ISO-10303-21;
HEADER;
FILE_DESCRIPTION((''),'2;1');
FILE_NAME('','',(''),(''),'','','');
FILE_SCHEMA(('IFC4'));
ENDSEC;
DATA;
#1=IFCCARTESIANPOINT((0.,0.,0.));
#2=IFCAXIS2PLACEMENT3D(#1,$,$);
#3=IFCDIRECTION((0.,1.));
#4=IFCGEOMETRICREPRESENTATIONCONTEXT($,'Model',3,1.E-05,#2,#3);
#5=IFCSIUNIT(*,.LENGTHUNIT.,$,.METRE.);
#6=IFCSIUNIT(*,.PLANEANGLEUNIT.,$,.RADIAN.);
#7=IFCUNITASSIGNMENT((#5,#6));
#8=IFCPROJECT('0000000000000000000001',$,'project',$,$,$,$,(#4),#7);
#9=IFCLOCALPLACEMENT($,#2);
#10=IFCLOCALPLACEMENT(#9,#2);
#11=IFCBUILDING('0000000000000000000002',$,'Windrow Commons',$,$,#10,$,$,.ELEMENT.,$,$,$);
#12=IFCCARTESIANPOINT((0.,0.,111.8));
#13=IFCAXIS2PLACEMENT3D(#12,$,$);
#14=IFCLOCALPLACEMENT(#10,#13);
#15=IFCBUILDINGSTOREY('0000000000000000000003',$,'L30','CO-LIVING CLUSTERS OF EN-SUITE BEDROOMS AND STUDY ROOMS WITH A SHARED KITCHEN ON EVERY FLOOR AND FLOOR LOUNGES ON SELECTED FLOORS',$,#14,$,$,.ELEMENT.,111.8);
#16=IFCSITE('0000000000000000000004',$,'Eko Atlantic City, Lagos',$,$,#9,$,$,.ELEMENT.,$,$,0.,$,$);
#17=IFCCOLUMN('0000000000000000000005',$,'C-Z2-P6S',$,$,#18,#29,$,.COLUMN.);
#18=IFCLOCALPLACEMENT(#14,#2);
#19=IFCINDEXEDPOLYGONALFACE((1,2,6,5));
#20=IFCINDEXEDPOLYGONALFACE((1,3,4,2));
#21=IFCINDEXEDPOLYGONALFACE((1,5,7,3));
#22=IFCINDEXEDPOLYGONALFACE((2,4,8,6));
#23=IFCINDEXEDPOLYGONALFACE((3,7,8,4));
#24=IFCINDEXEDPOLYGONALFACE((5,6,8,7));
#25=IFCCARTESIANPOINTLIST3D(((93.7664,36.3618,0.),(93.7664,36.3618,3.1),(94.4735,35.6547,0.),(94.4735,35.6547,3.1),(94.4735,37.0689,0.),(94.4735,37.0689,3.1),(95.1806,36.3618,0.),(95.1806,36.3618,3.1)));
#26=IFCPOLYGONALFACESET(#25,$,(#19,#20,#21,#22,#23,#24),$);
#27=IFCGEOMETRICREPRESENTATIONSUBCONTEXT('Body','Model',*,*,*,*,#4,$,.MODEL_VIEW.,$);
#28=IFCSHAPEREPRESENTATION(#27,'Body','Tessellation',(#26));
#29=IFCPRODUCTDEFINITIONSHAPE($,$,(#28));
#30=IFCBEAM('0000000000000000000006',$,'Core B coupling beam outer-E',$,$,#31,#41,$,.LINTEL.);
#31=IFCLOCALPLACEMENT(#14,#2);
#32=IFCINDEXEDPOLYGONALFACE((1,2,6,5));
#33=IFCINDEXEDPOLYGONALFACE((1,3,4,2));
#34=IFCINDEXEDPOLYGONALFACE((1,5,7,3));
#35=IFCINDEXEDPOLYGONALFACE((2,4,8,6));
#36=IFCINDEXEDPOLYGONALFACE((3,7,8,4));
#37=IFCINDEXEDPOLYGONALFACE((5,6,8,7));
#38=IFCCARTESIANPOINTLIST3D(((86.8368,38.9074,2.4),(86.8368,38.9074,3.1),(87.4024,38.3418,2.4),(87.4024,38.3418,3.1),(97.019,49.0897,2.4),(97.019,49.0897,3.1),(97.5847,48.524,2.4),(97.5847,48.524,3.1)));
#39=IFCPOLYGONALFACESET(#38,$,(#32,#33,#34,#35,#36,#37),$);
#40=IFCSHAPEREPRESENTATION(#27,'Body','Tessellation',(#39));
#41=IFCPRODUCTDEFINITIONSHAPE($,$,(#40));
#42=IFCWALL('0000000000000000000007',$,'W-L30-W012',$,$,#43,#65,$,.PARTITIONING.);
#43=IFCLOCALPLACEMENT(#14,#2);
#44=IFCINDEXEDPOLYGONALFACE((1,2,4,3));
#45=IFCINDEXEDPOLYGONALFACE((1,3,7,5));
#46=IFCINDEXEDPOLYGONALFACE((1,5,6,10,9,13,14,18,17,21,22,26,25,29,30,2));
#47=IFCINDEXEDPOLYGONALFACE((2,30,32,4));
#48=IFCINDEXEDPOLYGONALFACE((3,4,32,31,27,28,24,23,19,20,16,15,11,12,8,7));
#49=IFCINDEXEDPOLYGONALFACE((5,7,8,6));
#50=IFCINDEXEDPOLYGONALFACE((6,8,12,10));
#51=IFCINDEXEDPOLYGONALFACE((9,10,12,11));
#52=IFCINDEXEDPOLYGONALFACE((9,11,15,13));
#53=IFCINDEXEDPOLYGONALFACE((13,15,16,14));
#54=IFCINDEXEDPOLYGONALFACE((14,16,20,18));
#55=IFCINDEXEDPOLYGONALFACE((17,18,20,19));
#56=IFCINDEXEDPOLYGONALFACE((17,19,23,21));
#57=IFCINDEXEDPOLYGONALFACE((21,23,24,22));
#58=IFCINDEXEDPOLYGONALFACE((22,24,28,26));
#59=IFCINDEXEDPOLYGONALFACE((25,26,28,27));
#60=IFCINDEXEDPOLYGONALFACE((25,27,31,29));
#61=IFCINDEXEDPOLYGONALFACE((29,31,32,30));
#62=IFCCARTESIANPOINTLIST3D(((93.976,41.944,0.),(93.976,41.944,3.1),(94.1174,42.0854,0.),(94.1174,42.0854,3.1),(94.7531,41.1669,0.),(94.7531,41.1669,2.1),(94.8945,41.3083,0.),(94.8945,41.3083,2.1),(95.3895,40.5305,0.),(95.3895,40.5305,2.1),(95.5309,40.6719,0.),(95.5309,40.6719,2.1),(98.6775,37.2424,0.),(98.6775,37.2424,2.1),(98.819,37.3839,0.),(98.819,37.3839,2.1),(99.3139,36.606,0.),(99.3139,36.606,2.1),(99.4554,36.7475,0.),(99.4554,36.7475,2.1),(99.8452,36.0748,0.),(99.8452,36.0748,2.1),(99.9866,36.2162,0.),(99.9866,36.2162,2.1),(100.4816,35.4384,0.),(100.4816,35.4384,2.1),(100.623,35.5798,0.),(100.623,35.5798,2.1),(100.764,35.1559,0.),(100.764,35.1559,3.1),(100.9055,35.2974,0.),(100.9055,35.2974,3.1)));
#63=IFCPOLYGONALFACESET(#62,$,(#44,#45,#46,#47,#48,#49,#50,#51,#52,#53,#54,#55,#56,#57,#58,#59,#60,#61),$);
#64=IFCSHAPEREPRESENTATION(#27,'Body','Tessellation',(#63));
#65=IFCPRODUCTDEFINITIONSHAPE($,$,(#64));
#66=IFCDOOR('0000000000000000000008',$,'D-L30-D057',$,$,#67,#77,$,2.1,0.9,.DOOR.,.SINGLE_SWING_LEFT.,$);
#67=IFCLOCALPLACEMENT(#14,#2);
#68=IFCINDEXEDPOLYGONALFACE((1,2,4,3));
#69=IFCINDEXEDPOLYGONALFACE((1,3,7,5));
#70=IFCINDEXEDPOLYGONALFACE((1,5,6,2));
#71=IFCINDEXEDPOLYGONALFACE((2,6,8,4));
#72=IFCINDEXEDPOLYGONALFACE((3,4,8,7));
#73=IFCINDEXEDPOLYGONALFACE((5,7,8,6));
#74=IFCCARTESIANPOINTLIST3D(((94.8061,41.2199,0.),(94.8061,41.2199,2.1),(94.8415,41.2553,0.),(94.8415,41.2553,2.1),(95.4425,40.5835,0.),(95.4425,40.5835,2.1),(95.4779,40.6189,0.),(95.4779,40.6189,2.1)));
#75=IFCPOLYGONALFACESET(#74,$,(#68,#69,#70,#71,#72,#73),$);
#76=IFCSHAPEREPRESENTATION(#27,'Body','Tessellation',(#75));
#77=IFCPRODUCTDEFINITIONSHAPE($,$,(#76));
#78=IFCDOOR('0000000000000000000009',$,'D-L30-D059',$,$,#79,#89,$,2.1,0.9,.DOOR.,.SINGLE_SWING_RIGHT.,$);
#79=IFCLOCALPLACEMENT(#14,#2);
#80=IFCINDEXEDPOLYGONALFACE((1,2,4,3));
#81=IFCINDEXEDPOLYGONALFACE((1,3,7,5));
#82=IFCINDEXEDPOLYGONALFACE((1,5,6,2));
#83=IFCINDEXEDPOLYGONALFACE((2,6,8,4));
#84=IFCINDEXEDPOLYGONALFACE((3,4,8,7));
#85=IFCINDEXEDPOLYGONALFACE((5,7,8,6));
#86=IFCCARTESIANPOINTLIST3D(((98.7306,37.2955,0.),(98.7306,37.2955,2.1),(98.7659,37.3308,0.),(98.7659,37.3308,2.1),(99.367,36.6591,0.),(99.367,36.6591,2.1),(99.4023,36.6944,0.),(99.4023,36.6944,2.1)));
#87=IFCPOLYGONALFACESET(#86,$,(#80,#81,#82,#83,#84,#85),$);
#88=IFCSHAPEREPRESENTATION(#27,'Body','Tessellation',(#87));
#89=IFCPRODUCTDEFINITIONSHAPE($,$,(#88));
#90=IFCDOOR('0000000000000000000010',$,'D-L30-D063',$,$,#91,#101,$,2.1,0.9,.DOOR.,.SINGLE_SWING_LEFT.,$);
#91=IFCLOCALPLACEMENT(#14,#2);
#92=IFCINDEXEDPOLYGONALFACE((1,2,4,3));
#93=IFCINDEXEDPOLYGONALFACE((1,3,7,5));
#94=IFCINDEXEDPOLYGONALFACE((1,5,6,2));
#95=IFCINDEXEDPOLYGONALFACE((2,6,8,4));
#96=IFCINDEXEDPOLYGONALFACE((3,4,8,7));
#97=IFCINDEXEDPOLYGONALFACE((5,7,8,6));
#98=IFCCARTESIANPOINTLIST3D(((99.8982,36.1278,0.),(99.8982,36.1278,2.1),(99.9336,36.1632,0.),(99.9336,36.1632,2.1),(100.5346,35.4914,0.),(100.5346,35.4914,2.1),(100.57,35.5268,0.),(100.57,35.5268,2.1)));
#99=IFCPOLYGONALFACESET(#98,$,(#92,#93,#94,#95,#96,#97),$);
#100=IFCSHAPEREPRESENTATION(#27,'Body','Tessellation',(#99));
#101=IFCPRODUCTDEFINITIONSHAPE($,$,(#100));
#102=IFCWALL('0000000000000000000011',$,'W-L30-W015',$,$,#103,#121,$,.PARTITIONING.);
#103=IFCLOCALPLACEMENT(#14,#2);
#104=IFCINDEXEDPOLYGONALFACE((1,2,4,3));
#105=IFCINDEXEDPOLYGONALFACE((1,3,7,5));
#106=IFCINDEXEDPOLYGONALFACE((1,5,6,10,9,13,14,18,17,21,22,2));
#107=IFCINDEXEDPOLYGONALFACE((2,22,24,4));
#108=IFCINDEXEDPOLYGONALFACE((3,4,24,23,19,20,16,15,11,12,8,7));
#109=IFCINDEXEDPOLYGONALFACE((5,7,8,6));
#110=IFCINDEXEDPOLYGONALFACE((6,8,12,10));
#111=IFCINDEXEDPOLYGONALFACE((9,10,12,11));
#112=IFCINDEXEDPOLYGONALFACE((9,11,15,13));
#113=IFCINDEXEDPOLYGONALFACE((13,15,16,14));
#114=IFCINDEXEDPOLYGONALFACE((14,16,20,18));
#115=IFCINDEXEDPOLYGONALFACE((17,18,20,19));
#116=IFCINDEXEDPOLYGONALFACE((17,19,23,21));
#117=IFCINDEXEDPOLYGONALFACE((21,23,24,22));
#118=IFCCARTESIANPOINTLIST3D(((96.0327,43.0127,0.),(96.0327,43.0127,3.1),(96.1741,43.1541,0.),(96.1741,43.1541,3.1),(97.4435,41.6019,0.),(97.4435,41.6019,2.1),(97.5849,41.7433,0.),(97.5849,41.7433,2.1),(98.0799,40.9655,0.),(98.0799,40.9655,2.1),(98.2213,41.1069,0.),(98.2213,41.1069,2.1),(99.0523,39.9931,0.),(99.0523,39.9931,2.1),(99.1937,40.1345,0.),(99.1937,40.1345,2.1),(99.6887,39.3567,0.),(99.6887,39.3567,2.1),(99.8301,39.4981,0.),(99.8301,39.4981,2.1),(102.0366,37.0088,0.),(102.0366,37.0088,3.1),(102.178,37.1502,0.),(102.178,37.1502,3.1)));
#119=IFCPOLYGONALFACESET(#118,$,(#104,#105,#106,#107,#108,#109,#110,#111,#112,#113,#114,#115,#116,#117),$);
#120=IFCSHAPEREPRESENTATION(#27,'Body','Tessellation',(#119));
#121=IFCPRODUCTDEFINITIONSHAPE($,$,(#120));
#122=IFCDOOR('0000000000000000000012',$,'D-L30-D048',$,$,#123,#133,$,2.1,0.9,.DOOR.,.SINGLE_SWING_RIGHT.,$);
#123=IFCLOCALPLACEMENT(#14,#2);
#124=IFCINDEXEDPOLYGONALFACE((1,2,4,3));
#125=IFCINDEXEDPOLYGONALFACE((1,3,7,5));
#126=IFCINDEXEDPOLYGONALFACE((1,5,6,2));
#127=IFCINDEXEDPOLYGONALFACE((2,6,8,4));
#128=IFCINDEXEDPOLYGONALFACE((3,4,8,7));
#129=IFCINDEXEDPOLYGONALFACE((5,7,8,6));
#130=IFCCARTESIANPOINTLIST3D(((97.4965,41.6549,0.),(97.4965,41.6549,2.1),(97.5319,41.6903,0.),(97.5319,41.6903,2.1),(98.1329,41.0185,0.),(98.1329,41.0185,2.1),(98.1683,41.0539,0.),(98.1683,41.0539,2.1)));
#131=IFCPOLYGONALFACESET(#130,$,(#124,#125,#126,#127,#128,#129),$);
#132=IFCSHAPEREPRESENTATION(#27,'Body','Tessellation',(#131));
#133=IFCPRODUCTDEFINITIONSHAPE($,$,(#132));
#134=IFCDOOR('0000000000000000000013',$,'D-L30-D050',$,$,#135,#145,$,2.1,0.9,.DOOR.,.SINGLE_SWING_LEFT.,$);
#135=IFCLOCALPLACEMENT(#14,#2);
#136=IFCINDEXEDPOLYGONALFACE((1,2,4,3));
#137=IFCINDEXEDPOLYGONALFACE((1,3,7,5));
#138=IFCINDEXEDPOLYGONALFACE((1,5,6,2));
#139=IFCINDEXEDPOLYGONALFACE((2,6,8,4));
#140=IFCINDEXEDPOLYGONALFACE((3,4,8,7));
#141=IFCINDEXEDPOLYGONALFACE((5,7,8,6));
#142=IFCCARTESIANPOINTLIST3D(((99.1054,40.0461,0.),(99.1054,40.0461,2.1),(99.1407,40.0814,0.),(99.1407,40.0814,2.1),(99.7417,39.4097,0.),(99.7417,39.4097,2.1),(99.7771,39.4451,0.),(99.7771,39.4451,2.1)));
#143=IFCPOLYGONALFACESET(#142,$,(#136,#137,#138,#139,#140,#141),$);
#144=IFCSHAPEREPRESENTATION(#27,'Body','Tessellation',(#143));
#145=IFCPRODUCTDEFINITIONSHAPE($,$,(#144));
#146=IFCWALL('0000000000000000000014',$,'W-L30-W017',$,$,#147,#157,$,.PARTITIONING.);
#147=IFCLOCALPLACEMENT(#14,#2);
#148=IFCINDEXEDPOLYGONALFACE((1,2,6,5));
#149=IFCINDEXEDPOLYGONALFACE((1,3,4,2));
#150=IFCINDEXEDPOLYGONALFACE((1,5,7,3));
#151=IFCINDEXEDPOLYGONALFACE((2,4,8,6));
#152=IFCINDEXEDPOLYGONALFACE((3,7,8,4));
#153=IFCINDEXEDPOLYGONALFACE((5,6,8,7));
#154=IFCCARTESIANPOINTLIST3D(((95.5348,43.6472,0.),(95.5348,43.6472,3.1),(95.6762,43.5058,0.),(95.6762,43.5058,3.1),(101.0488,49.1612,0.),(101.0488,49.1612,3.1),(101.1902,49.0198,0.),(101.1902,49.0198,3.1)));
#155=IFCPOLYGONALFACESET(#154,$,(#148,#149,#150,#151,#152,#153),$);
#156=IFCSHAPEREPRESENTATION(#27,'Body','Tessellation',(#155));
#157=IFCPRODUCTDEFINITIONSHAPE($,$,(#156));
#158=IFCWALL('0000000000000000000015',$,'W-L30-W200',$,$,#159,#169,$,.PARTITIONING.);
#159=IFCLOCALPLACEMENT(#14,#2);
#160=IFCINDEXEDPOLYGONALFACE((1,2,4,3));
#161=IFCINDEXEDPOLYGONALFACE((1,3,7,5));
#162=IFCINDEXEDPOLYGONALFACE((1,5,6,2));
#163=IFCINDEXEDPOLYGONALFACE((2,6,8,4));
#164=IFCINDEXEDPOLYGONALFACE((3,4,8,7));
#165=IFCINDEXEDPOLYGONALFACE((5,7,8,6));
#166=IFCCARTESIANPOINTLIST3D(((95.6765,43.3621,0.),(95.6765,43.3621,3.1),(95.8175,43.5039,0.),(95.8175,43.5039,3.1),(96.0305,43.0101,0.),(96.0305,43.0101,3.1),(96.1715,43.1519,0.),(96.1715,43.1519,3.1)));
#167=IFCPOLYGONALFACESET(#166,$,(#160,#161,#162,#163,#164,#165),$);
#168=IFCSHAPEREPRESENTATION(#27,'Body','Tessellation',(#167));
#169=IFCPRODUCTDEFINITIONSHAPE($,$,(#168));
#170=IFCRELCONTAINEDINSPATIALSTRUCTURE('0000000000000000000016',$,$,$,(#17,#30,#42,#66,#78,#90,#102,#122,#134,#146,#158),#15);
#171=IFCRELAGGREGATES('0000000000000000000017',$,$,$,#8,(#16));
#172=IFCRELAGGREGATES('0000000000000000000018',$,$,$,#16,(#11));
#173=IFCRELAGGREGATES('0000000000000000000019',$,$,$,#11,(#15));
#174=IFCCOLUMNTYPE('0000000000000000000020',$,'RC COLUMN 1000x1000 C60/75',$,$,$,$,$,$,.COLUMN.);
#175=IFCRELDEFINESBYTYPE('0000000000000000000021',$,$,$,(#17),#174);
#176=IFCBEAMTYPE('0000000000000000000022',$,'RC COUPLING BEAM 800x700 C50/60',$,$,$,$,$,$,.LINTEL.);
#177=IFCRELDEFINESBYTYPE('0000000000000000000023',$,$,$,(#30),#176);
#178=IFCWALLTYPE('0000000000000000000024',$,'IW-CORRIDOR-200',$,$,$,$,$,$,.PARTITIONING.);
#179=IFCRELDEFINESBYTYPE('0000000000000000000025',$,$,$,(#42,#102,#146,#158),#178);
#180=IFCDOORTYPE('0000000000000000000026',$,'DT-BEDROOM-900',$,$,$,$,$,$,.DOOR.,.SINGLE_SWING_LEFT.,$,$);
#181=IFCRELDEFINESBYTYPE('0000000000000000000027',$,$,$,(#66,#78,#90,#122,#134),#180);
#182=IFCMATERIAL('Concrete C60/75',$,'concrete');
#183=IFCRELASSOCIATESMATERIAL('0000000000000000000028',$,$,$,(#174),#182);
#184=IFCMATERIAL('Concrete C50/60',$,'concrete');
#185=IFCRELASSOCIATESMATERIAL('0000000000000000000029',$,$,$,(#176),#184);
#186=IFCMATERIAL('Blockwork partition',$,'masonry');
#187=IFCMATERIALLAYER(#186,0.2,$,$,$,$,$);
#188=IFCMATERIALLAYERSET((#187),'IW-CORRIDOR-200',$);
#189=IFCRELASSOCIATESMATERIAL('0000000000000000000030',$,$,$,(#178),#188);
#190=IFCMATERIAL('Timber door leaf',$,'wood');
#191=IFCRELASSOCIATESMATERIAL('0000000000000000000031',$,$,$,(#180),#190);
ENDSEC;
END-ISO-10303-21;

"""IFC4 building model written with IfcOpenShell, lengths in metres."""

from ifc_helpers import new_model, si_unit, direction, frame, frame_2d, origin, origin_2d, place, context, subcontext, project, spatial, rectangle, extrude, material, layer, layer_set, material_profile, profile_set, type_object, element, fill, save


model = new_model("IFC4")

# Units and contexts
model_context = context("Model", 3, precision=1e-05, world=origin(), true_north=direction((0.0, 1.0)))
body_context = subcontext(model_context, "Body", "Model", "MODEL_VIEW")
ifc_project = project(units=[si_unit("LENGTHUNIT", "METRE"), si_unit("PLANEANGLEUNIT", "RADIAN")], contexts=[model_context])

# Site, building, storey
site_placement = place(None, origin())
site = spatial("IfcSite", under=ifc_project, at=site_placement, Name="Eko Atlantic City, Lagos", CompositionType="ELEMENT", RefElevation=0.0)
building_placement = place(site_placement, origin())
building = spatial("IfcBuilding", under=site, at=building_placement, Name="Windrow Commons", CompositionType="ELEMENT")
storey_placement = place(building_placement, frame((0.0, 0.0, 111.8)))
storey = spatial("IfcBuildingStorey", under=building, at=storey_placement, Name="L30", Description="CO-LIVING CLUSTERS OF EN-SUITE BEDROOMS AND STUDY ROOMS WITH A SHARED KITCHEN ON EVERY FLOOR AND FLOOR LOUNGES ON SELECTED FLOORS", CompositionType="ELEMENT", Elevation=111.8)

# Column
ifc_material_1 = material(Name="Concrete C60/75", Category="concrete")
ifc_material_profile_1 = material_profile(ifc_material_1, rectangle(XDim=1.0, YDim=1.0, at=origin_2d()))
ifc_profile_set_1 = profile_set([ifc_material_profile_1], Name="Concrete C60/75")
column_type = type_object("IfcColumnType", Name="RC COLUMN 1000x1000 C60/75", PredefinedType="COLUMN", material=ifc_profile_set_1)
column_placement = place(storey_placement, frame((94.4735, 36.3618, 0.0), z_axis=(0.0, 0.0, 1.0), x_axis=(0.707107, -0.707107, 0.0)))
element("IfcColumn", 1, at=column_placement, inside=storey, type_object=column_type, Name="C-Z2-P6S", PredefinedType="COLUMN", context=body_context, shape_type="SweptSolid", body=[
    extrude(rectangle(XDim=1.0, YDim=1.0, at=origin_2d()), origin(), (0.0, 0.0, 1.0), 3.1),
])

# Beam
ifc_material_2 = material(Name="Concrete C50/60", Category="concrete")
ifc_material_profile_2 = material_profile(ifc_material_2, rectangle(XDim=0.8, YDim=0.7, at=origin_2d()))
ifc_profile_set_2 = profile_set([ifc_material_profile_2], Name="Concrete C50/60")
beam_type = type_object("IfcBeamType", Name="RC COUPLING BEAM 800x700 C50/60", PredefinedType="LINTEL", material=ifc_profile_set_2)
beam_placement = place(storey_placement, frame((87.1196, 38.6246, 2.75), z_axis=(0.707107, 0.707107, 0.0), x_axis=(-0.707107, 0.707107, 0.0)))
element("IfcBeam", 2, at=beam_placement, inside=storey, type_object=beam_type, Name="Core B coupling beam outer-E", PredefinedType="LINTEL", context=body_context, shape_type="SweptSolid", body=[
    extrude(rectangle(XDim=0.8, YDim=0.7, at=origin_2d()), origin(), (0.0, 0.0, 1.0), 14.3999),
])

# Walls, openings, doors
ifc_material_3 = material(Name="Blockwork partition", Category="masonry")
ifc_layer_1 = layer(ifc_material_3, 0.2)
ifc_layer_set_1 = layer_set([ifc_layer_1], Name="IW-CORRIDOR-200")
wall_type_1 = type_object("IfcWallType", Name="IW-CORRIDOR-200", PredefinedType="PARTITIONING", material=ifc_layer_set_1)
wall_1_placement = place(storey_placement, frame((94.0467, 42.0147, 0.0), z_axis=(0.0, 0.0, 1.0), x_axis=(0.707107, -0.707107, 0.0)))
wall_1 = element("IfcWall", 3, at=wall_1_placement, inside=storey, type_object=wall_type_1, Name="W-L30-W012", PredefinedType="PARTITIONING", context=body_context, shape_type="SweptSolid", body=[
    extrude(rectangle(XDim=9.5997, YDim=0.2, at=frame_2d((4.7999, 0.0))), origin(), (0.0, 0.0, 1.0), 3.1),
])
opening_1_placement = place(wall_1_placement, frame((1.099, 0.0, 0.0)))
opening_1 = element("IfcOpeningElement", 4, at=opening_1_placement, cuts=wall_1, PredefinedType="OPENING", context=body_context, shape_type="SweptSolid", body=[
    extrude(rectangle(XDim=0.9, YDim=2.1, at=frame_2d((0.45, 1.05))), frame((0.0, 0.11, 0.0), z_axis=(0.0, -1.0, 0.0), x_axis=(1.0, 0.0, 0.0)), (0.0, 0.0, 1.0), 0.22),
])
opening_2_placement = place(wall_1_placement, frame((6.649, 0.0, 0.0)))
opening_2 = element("IfcOpeningElement", 5, at=opening_2_placement, cuts=wall_1, PredefinedType="OPENING", context=body_context, shape_type="SweptSolid", body=[
    extrude(rectangle(XDim=0.9, YDim=2.1, at=frame_2d((0.45, 1.05))), frame((0.0, 0.11, 0.0), z_axis=(0.0, -1.0, 0.0), x_axis=(1.0, 0.0, 0.0)), (0.0, 0.0, 1.0), 0.22),
])
opening_3_placement = place(wall_1_placement, frame((8.3003, 0.0, 0.0)))
opening_3 = element("IfcOpeningElement", 6, at=opening_3_placement, cuts=wall_1, PredefinedType="OPENING", context=body_context, shape_type="SweptSolid", body=[
    extrude(rectangle(XDim=0.9, YDim=2.1, at=frame_2d((0.45, 1.05))), frame((0.0, 0.11, 0.0), z_axis=(0.0, -1.0, 0.0), x_axis=(1.0, 0.0, 0.0)), (0.0, 0.0, 1.0), 0.22),
])
ifc_material_4 = material(Name="Timber door leaf", Category="wood")
door_type_1 = type_object("IfcDoorType", Name="DT-BEDROOM-900", OperationType="SINGLE_SWING_LEFT", PredefinedType="DOOR", material=ifc_material_4)
door_1_placement = place(opening_1_placement, origin())
door_1 = element("IfcDoor", 7, at=door_1_placement, inside=storey, type_object=door_type_1, Name="D-L30-D057", OperationType="SINGLE_SWING_LEFT", OverallHeight=2.1, OverallWidth=0.9, PredefinedType="DOOR", context=body_context, shape_type="SweptSolid", body=[
    extrude(rectangle(XDim=0.9, YDim=2.1, at=frame_2d((0.45, 1.05))), frame((0.0, 0.025, 0.0), z_axis=(0.0, -1.0, 0.0), x_axis=(1.0, 0.0, 0.0)), (0.0, 0.0, 1.0), 0.05),
])
fill(opening_1, door_1)
door_2_placement = place(opening_2_placement, origin())
door_2 = element("IfcDoor", 8, at=door_2_placement, inside=storey, type_object=door_type_1, Name="D-L30-D059", OperationType="SINGLE_SWING_RIGHT", OverallHeight=2.1, OverallWidth=0.9, PredefinedType="DOOR", context=body_context, shape_type="SweptSolid", body=[
    extrude(rectangle(XDim=0.9, YDim=2.1, at=frame_2d((0.45, 1.05))), frame((0.0, 0.025, 0.0), z_axis=(0.0, -1.0, 0.0), x_axis=(1.0, 0.0, 0.0)), (0.0, 0.0, 1.0), 0.05),
])
fill(opening_2, door_2)
door_3_placement = place(opening_3_placement, origin())
door_3 = element("IfcDoor", 9, at=door_3_placement, inside=storey, type_object=door_type_1, Name="D-L30-D063", OperationType="SINGLE_SWING_LEFT", OverallHeight=2.1, OverallWidth=0.9, PredefinedType="DOOR", context=body_context, shape_type="SweptSolid", body=[
    extrude(rectangle(XDim=0.9, YDim=2.1, at=frame_2d((0.45, 1.05))), frame((0.0, 0.025, 0.0), z_axis=(0.0, -1.0, 0.0), x_axis=(1.0, 0.0, 0.0)), (0.0, 0.0, 1.0), 0.05),
])
fill(opening_3, door_3)
wall_2_placement = place(storey_placement, frame((96.1034, 43.0834, 0.0), z_axis=(0.0, 0.0, 1.0), x_axis=(0.707107, -0.707107, 0.0)))
wall_2 = element("IfcWall", 10, at=wall_2_placement, inside=storey, type_object=wall_type_1, Name="W-L30-W015", PredefinedType="PARTITIONING", context=body_context, shape_type="SweptSolid", body=[
    extrude(rectangle(XDim=8.4909, YDim=0.2, at=frame_2d((4.2454, 0.0))), origin(), (0.0, 0.0, 1.0), 3.1),
])
opening_4_placement = place(wall_2_placement, frame((1.9952, 0.0, 0.0)))
opening_4 = element("IfcOpeningElement", 11, at=opening_4_placement, cuts=wall_2, PredefinedType="OPENING", context=body_context, shape_type="SweptSolid", body=[
    extrude(rectangle(XDim=0.9, YDim=2.1, at=frame_2d((0.45, 1.05))), frame((0.0, 0.11, 0.0), z_axis=(0.0, -1.0, 0.0), x_axis=(1.0, 0.0, 0.0)), (0.0, 0.0, 1.0), 0.22),
])
opening_5_placement = place(wall_2_placement, frame((4.2704, 0.0, 0.0)))
opening_5 = element("IfcOpeningElement", 12, at=opening_5_placement, cuts=wall_2, PredefinedType="OPENING", context=body_context, shape_type="SweptSolid", body=[
    extrude(rectangle(XDim=0.9, YDim=2.1, at=frame_2d((0.45, 1.05))), frame((0.0, 0.11, 0.0), z_axis=(0.0, -1.0, 0.0), x_axis=(1.0, 0.0, 0.0)), (0.0, 0.0, 1.0), 0.22),
])
door_4_placement = place(opening_4_placement, origin())
door_4 = element("IfcDoor", 13, at=door_4_placement, inside=storey, type_object=door_type_1, Name="D-L30-D048", OperationType="SINGLE_SWING_RIGHT", OverallHeight=2.1, OverallWidth=0.9, PredefinedType="DOOR", context=body_context, shape_type="SweptSolid", body=[
    extrude(rectangle(XDim=0.9, YDim=2.1, at=frame_2d((0.45, 1.05))), frame((0.0, 0.025, 0.0), z_axis=(0.0, -1.0, 0.0), x_axis=(1.0, 0.0, 0.0)), (0.0, 0.0, 1.0), 0.05),
])
fill(opening_4, door_4)
door_5_placement = place(opening_5_placement, origin())
door_5 = element("IfcDoor", 14, at=door_5_placement, inside=storey, type_object=door_type_1, Name="D-L30-D050", OperationType="SINGLE_SWING_LEFT", OverallHeight=2.1, OverallWidth=0.9, PredefinedType="DOOR", context=body_context, shape_type="SweptSolid", body=[
    extrude(rectangle(XDim=0.9, YDim=2.1, at=frame_2d((0.45, 1.05))), frame((0.0, 0.025, 0.0), z_axis=(0.0, -1.0, 0.0), x_axis=(1.0, 0.0, 0.0)), (0.0, 0.0, 1.0), 0.05),
])
fill(opening_5, door_5)

# Walls
wall_3_placement = place(storey_placement, frame((95.6055, 43.5765, 0.0), z_axis=(0.0, 0.0, 1.0), x_axis=(0.707107, 0.707107, 0.0)))
element("IfcWall", 15, at=wall_3_placement, inside=storey, type_object=wall_type_1, Name="W-L30-W017", PredefinedType="PARTITIONING", context=body_context, shape_type="SweptSolid", body=[
    extrude(rectangle(XDim=7.798, YDim=0.2, at=frame_2d((3.899, 0.0))), origin(), (0.0, 0.0, 1.0), 3.1),
])
wall_4_placement = place(storey_placement, frame((95.747, 43.433, 0.0), z_axis=(0.0, 0.0, 1.0), x_axis=(0.709107, -0.705101, 0.0)))
element("IfcWall", 16, at=wall_4_placement, inside=storey, type_object=wall_type_1, Name="W-L30-W200", PredefinedType="PARTITIONING", context=body_context, shape_type="SweptSolid", body=[
    extrude(rectangle(XDim=0.4992, YDim=0.2, at=frame_2d((0.2496, 0.0))), origin(), (0.0, 0.0, 1.0), 3.1),
])

save(model, "model.ifc")
